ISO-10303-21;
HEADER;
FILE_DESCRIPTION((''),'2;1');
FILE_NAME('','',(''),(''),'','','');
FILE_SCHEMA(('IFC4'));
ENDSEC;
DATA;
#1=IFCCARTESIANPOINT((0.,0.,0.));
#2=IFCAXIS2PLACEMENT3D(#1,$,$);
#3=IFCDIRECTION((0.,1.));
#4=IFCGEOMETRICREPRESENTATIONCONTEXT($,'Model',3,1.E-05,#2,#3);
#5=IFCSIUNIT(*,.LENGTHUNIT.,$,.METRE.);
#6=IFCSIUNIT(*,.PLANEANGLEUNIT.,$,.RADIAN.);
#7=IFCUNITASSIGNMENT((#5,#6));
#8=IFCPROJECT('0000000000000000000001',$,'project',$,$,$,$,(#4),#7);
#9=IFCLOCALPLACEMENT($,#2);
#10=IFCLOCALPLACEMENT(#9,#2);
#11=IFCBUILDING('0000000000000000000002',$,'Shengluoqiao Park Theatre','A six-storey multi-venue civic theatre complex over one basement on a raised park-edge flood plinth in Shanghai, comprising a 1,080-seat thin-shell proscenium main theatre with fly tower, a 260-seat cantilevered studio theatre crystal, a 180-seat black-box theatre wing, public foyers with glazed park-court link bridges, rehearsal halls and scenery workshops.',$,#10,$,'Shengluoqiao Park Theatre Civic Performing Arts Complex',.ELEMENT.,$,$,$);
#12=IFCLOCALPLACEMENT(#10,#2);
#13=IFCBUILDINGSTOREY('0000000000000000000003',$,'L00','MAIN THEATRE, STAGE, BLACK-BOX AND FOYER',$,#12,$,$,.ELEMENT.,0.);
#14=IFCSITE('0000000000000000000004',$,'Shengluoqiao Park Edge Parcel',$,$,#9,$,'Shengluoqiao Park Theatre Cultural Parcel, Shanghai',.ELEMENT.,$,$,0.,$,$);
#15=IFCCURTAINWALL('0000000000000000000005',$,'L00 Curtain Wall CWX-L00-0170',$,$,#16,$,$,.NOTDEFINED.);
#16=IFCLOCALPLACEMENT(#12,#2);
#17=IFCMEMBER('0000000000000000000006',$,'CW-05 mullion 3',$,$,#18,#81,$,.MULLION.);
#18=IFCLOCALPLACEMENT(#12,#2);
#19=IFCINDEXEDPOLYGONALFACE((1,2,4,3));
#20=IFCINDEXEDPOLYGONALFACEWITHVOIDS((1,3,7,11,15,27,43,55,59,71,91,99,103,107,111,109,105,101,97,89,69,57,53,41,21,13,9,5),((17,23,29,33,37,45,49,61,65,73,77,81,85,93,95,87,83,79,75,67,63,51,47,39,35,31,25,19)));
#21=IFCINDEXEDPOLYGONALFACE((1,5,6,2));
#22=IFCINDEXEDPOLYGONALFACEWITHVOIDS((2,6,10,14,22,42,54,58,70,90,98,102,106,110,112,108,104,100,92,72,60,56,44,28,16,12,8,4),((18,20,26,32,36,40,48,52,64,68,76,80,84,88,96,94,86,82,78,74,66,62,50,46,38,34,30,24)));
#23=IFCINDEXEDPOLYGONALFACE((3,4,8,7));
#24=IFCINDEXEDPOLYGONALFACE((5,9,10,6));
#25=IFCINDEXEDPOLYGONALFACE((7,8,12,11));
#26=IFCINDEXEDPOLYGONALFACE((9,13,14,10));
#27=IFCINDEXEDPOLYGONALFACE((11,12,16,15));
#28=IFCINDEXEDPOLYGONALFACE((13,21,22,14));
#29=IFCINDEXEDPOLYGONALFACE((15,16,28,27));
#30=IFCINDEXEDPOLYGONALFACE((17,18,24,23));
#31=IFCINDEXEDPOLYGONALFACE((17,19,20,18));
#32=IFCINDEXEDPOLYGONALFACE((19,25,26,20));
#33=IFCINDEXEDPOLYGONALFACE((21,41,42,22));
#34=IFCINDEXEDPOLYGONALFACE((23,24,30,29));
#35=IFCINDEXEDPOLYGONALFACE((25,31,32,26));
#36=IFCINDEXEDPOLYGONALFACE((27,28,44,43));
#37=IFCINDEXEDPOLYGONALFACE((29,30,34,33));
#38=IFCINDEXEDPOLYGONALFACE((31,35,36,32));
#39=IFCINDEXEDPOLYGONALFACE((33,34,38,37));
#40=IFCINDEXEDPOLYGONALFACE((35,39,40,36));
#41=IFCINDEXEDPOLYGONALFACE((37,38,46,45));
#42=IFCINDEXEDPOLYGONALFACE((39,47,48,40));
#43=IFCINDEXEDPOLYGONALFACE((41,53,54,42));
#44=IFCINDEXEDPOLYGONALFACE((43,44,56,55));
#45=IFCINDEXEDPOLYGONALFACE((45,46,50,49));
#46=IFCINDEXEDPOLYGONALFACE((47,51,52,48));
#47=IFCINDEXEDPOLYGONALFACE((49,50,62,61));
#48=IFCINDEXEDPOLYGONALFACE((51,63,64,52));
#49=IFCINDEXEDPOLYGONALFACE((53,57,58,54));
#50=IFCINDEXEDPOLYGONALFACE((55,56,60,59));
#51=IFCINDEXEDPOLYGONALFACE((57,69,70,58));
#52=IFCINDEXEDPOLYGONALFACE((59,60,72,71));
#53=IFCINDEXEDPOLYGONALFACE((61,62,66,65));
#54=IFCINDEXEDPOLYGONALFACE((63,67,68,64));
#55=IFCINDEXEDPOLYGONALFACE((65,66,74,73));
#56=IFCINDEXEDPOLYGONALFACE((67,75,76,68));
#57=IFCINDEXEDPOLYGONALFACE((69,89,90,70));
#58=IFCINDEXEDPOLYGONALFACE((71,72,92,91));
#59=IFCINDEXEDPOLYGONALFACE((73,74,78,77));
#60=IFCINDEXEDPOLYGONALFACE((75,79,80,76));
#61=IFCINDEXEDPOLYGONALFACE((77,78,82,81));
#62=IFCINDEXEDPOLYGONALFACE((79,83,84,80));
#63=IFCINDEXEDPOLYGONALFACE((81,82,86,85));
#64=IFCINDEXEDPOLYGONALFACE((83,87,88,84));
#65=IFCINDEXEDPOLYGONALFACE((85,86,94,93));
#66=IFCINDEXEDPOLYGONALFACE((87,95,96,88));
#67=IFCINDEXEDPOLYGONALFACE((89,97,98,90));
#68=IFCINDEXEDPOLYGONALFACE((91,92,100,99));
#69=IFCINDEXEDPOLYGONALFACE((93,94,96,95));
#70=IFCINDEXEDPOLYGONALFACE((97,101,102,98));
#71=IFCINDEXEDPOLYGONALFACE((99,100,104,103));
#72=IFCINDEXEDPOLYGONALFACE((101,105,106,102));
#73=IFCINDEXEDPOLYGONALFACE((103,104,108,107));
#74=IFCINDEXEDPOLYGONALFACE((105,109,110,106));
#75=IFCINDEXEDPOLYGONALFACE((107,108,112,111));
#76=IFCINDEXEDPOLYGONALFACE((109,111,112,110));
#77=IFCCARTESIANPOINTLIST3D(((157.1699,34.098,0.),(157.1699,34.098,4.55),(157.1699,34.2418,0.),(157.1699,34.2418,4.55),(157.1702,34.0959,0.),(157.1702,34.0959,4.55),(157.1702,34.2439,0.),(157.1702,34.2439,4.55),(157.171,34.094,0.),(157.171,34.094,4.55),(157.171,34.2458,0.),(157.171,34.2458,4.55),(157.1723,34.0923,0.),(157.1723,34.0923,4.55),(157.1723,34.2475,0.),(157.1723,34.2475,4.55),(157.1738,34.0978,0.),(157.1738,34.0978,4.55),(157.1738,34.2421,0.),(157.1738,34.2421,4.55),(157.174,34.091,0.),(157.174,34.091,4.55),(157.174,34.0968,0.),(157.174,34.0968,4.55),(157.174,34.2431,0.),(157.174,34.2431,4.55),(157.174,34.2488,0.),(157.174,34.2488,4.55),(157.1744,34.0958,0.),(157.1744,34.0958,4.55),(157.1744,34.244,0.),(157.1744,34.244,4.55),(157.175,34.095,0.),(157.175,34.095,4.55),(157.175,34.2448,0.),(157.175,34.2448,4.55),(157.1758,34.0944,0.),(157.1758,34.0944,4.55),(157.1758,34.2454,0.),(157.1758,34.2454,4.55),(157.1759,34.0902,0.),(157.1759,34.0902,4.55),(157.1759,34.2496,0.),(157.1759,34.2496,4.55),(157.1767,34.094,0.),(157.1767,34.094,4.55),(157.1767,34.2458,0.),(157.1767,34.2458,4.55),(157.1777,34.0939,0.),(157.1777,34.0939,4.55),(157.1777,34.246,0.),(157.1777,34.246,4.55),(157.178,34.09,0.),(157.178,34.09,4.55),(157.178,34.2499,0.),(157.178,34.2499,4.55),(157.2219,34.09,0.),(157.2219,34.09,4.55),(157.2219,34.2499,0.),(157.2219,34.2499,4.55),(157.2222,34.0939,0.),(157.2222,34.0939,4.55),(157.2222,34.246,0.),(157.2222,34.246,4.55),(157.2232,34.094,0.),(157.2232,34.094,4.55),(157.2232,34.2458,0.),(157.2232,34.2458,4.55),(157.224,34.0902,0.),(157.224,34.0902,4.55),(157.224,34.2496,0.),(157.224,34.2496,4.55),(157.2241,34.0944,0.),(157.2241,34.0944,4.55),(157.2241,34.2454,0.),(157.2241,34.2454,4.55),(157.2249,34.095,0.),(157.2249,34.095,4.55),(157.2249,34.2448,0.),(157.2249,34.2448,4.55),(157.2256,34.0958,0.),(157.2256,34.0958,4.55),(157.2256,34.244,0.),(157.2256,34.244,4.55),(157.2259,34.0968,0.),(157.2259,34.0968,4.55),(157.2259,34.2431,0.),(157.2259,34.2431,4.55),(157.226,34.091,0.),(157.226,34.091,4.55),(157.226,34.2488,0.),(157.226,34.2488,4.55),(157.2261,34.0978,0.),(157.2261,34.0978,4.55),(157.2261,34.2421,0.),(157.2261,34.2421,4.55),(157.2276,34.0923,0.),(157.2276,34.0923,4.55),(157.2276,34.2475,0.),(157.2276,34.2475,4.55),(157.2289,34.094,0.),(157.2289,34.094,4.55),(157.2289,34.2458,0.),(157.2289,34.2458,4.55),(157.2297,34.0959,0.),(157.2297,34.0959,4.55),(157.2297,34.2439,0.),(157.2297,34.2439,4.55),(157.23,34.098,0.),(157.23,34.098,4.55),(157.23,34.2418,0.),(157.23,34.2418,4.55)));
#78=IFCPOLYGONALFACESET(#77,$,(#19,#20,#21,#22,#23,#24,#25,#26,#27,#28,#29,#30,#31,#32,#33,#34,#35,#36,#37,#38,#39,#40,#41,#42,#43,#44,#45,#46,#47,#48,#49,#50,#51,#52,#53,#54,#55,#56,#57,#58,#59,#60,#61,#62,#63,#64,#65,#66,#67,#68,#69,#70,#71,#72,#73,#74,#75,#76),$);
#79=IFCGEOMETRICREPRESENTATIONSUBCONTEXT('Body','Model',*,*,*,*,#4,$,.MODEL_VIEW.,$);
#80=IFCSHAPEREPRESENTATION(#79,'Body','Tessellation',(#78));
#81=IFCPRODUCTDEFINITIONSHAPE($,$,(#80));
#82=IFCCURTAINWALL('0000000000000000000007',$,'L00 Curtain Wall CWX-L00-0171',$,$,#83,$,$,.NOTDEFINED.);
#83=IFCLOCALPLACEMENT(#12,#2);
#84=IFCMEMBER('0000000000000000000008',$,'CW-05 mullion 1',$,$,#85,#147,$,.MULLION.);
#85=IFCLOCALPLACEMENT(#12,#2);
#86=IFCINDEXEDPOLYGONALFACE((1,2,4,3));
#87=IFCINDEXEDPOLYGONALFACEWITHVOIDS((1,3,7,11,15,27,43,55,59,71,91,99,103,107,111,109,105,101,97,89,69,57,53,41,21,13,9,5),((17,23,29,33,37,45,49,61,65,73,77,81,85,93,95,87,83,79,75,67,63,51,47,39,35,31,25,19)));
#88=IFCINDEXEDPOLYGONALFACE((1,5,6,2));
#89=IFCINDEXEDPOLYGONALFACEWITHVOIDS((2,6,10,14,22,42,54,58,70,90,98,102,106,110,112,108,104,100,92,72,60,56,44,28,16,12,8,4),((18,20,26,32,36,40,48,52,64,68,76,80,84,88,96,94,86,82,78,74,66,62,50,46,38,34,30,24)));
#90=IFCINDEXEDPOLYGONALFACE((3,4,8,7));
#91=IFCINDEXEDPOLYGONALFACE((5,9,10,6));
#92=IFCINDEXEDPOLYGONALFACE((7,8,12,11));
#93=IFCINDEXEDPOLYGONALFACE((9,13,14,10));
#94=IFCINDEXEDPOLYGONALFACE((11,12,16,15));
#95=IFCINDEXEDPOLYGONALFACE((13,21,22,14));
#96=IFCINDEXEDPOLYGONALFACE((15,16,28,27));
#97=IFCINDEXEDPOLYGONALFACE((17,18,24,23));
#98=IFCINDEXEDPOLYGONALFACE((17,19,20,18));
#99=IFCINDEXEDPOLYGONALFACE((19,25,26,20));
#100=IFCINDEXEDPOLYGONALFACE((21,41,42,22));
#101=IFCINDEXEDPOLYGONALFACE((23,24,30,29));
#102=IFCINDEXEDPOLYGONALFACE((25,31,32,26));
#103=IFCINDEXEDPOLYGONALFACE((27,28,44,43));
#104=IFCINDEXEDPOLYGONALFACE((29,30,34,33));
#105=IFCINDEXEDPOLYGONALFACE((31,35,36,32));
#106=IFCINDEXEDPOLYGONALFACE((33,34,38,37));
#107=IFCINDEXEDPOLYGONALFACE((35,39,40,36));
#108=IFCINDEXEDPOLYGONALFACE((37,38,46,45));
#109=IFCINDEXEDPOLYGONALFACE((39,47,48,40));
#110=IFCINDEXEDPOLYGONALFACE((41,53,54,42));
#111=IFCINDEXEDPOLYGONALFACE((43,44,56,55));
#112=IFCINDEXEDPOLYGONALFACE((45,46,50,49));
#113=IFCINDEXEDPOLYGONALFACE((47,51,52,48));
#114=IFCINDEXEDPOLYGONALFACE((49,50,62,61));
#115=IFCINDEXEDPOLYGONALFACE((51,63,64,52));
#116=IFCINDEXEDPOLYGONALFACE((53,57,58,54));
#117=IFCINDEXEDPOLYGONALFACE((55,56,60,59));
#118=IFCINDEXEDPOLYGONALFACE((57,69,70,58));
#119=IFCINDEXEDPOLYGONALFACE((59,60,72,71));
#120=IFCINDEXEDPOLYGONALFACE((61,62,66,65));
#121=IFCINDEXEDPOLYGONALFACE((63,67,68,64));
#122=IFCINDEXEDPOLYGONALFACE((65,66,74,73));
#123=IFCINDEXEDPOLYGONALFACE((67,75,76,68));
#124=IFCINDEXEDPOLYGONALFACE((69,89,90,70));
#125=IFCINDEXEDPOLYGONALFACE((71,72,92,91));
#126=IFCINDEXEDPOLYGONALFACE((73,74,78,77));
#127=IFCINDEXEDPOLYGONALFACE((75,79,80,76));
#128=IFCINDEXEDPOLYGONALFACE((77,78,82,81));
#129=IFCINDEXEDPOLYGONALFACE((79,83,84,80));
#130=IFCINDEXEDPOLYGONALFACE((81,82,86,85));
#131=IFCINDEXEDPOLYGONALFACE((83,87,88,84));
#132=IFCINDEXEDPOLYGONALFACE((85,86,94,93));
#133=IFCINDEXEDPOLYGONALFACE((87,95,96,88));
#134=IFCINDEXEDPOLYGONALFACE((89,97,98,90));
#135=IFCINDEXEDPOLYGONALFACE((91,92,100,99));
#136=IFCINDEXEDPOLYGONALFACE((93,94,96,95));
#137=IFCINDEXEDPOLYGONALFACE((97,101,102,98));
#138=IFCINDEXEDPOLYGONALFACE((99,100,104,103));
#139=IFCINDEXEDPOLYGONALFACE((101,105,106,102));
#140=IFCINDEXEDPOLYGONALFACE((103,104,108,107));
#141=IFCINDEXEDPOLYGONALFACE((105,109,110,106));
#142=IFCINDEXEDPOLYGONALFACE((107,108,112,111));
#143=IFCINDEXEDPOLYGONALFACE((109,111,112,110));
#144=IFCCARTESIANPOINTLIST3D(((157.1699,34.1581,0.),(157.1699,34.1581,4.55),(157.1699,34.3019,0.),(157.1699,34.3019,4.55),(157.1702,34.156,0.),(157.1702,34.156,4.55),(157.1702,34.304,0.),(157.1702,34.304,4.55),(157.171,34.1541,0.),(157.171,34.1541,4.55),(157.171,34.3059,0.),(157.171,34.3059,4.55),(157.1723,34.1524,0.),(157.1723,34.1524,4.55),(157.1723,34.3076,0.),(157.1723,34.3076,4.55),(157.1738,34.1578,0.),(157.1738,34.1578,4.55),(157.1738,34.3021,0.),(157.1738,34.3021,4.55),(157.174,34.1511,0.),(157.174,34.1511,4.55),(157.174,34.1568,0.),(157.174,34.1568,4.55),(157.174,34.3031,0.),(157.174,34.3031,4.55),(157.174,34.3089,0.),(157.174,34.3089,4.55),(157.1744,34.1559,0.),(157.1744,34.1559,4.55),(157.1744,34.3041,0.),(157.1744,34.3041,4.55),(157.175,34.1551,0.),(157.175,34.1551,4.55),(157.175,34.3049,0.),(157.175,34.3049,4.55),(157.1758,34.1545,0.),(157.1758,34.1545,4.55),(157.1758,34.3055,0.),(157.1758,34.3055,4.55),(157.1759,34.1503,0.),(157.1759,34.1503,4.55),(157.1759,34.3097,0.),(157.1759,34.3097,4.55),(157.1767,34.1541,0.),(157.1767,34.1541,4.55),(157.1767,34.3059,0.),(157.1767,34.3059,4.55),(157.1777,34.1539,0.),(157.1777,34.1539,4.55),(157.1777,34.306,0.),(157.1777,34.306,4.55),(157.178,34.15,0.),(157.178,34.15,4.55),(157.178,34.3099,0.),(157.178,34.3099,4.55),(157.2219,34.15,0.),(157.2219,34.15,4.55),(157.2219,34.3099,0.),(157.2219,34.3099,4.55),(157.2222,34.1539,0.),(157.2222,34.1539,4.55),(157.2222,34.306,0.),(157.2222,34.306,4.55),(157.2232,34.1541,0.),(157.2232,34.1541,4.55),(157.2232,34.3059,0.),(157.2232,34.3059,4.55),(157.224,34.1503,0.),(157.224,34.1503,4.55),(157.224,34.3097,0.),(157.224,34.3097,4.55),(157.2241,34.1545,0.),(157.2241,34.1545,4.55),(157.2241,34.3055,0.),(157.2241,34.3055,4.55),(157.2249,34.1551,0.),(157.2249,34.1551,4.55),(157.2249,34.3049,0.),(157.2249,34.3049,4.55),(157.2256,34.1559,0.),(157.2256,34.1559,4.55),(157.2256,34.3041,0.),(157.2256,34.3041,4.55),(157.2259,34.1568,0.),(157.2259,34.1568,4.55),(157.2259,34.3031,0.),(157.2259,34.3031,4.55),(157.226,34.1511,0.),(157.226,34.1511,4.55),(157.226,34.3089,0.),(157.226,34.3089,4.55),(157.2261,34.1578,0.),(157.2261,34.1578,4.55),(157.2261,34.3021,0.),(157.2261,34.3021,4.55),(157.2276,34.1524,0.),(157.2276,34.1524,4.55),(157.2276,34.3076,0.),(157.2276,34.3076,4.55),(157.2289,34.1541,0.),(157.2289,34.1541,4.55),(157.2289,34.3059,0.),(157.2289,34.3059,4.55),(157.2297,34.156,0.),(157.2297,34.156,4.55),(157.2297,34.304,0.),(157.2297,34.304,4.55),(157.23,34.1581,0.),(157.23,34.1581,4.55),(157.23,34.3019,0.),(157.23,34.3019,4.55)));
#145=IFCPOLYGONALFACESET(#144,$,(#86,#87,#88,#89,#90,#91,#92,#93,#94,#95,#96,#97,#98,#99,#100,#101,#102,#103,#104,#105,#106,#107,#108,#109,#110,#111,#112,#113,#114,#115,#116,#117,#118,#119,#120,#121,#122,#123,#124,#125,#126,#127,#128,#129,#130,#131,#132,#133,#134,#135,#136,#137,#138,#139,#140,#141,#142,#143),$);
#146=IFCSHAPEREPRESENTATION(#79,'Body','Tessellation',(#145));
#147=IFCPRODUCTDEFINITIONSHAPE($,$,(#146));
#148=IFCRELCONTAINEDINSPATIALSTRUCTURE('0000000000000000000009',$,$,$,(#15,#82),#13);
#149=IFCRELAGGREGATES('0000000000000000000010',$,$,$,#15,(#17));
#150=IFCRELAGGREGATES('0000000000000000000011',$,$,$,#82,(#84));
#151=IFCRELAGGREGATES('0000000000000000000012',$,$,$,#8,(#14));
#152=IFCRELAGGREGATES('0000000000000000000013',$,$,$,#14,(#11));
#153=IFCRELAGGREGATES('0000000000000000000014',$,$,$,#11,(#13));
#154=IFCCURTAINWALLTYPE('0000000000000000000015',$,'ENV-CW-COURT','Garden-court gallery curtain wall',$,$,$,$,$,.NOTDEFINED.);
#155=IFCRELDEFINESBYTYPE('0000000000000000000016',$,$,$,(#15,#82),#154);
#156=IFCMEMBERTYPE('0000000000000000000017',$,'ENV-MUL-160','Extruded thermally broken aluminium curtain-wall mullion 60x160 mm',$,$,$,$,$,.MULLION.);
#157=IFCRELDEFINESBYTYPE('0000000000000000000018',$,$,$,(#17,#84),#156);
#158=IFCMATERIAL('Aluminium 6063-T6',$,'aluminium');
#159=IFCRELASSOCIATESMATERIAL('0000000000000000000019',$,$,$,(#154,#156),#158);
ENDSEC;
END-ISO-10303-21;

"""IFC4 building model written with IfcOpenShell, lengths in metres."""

from ifc_helpers import new_model, si_unit, direction, frame, origin, origin_2d, place, context, subcontext, project, spatial, hollow_rectangle, extrude, material, material_profile, profile_set, type_object, element, aggregate, save


model = new_model("IFC4")

# Units and contexts
model_context = context("Model", 3, precision=1e-05, world=origin(), true_north=direction((0.0, 1.0)))
body_context = subcontext(model_context, "Body", "Model", "MODEL_VIEW")
ifc_project = project(units=[si_unit("LENGTHUNIT", "METRE"), si_unit("PLANEANGLEUNIT", "RADIAN")], contexts=[model_context])

# Site, building, storey
site_placement = place(None, origin())
site = spatial("IfcSite", under=ifc_project, at=site_placement, Name="Shengluoqiao Park Edge Parcel", LongName="Shengluoqiao Park Theatre Cultural Parcel, Shanghai", CompositionType="ELEMENT", RefElevation=0.0)
building_placement = place(site_placement, origin())
building = spatial("IfcBuilding", under=site, at=building_placement, Name="Shengluoqiao Park Theatre", Description="A six-storey multi-venue civic theatre complex over one basement on a raised park-edge flood plinth in Shanghai, comprising a 1,080-seat thin-shell proscenium main theatre with fly tower, a 260-seat cantilevered studio theatre crystal, a 180-seat black-box theatre wing, public foyers with glazed park-court link bridges, rehearsal halls and scenery workshops.", LongName="Shengluoqiao Park Theatre Civic Performing Arts Complex", CompositionType="ELEMENT")
storey_placement = place(building_placement, origin())
storey = spatial("IfcBuildingStorey", under=building, at=storey_placement, Name="L00", Description="MAIN THEATRE, STAGE, BLACK-BOX AND FOYER", CompositionType="ELEMENT", Elevation=0.0)

# Curtain wall, member
ifc_material_1 = material(Name="Aluminium 6063-T6", Category="aluminium")
curtain_wall_type = type_object("IfcCurtainWallType", Name="ENV-CW-COURT", Description="Garden-court gallery curtain wall", PredefinedType="NOTDEFINED", material=ifc_material_1)
curtain_wall_1_placement = place(storey_placement, origin())
curtain_wall_1 = element("IfcCurtainWall", 1, at=curtain_wall_1_placement, inside=storey, type_object=curtain_wall_type, Name="L00 Curtain Wall CWX-L00-0170", PredefinedType="NOTDEFINED")
ifc_material_profile_1 = material_profile(ifc_material_1, hollow_rectangle(XDim=0.0601, YDim=0.1599, WallThickness=0.0039, InnerFilletRadius=0.0039, OuterFilletRadius=0.0081, at=origin_2d()), Name="ALU MULLION 160x60x4")
ifc_profile_set_1 = profile_set([ifc_material_profile_1], Name="Aluminium 6063-T6")
member_type_1 = type_object("IfcMemberType", Name="ENV-MUL-160", Description="Extruded thermally broken aluminium curtain-wall mullion 60x160 mm", PredefinedType="MULLION", material=ifc_profile_set_1)
member_1_placement = place(storey_placement, frame((157.2, 34.1699, 0.0), z_axis=(0.0, 0.0, 1.0), x_axis=(-1.0, 0.0, 0.0)))
member_1 = element("IfcMember", 2, at=member_1_placement, type_object=member_type_1, Name="CW-05 mullion 3", PredefinedType="MULLION", context=body_context, shape_type="SweptSolid", body=[
    extrude(hollow_rectangle(XDim=0.0601, YDim=0.1599, WallThickness=0.0039, InnerFilletRadius=0.0039, OuterFilletRadius=0.0081, at=origin_2d()), origin(), (0.0, 0.0, 1.0), 4.55),
])

# Curtain wall, member
curtain_wall_2_placement = place(storey_placement, origin())
curtain_wall_2 = element("IfcCurtainWall", 3, at=curtain_wall_2_placement, inside=storey, type_object=curtain_wall_type, Name="L00 Curtain Wall CWX-L00-0171", PredefinedType="NOTDEFINED")
member_2_placement = place(storey_placement, frame((157.2, 34.23, 0.0), z_axis=(0.0, 0.0, 1.0), x_axis=(-1.0, 0.0, 0.0)))
member_2 = element("IfcMember", 4, at=member_2_placement, type_object=member_type_1, Name="CW-05 mullion 1", PredefinedType="MULLION", context=body_context, shape_type="SweptSolid", body=[
    extrude(hollow_rectangle(XDim=0.0601, YDim=0.1599, WallThickness=0.0039, InnerFilletRadius=0.0039, OuterFilletRadius=0.0081, at=origin_2d()), origin(), (0.0, 0.0, 1.0), 4.55),
])

aggregate(curtain_wall_1, [member_1])
aggregate(curtain_wall_2, [member_2])

save(model, "model.ifc")
